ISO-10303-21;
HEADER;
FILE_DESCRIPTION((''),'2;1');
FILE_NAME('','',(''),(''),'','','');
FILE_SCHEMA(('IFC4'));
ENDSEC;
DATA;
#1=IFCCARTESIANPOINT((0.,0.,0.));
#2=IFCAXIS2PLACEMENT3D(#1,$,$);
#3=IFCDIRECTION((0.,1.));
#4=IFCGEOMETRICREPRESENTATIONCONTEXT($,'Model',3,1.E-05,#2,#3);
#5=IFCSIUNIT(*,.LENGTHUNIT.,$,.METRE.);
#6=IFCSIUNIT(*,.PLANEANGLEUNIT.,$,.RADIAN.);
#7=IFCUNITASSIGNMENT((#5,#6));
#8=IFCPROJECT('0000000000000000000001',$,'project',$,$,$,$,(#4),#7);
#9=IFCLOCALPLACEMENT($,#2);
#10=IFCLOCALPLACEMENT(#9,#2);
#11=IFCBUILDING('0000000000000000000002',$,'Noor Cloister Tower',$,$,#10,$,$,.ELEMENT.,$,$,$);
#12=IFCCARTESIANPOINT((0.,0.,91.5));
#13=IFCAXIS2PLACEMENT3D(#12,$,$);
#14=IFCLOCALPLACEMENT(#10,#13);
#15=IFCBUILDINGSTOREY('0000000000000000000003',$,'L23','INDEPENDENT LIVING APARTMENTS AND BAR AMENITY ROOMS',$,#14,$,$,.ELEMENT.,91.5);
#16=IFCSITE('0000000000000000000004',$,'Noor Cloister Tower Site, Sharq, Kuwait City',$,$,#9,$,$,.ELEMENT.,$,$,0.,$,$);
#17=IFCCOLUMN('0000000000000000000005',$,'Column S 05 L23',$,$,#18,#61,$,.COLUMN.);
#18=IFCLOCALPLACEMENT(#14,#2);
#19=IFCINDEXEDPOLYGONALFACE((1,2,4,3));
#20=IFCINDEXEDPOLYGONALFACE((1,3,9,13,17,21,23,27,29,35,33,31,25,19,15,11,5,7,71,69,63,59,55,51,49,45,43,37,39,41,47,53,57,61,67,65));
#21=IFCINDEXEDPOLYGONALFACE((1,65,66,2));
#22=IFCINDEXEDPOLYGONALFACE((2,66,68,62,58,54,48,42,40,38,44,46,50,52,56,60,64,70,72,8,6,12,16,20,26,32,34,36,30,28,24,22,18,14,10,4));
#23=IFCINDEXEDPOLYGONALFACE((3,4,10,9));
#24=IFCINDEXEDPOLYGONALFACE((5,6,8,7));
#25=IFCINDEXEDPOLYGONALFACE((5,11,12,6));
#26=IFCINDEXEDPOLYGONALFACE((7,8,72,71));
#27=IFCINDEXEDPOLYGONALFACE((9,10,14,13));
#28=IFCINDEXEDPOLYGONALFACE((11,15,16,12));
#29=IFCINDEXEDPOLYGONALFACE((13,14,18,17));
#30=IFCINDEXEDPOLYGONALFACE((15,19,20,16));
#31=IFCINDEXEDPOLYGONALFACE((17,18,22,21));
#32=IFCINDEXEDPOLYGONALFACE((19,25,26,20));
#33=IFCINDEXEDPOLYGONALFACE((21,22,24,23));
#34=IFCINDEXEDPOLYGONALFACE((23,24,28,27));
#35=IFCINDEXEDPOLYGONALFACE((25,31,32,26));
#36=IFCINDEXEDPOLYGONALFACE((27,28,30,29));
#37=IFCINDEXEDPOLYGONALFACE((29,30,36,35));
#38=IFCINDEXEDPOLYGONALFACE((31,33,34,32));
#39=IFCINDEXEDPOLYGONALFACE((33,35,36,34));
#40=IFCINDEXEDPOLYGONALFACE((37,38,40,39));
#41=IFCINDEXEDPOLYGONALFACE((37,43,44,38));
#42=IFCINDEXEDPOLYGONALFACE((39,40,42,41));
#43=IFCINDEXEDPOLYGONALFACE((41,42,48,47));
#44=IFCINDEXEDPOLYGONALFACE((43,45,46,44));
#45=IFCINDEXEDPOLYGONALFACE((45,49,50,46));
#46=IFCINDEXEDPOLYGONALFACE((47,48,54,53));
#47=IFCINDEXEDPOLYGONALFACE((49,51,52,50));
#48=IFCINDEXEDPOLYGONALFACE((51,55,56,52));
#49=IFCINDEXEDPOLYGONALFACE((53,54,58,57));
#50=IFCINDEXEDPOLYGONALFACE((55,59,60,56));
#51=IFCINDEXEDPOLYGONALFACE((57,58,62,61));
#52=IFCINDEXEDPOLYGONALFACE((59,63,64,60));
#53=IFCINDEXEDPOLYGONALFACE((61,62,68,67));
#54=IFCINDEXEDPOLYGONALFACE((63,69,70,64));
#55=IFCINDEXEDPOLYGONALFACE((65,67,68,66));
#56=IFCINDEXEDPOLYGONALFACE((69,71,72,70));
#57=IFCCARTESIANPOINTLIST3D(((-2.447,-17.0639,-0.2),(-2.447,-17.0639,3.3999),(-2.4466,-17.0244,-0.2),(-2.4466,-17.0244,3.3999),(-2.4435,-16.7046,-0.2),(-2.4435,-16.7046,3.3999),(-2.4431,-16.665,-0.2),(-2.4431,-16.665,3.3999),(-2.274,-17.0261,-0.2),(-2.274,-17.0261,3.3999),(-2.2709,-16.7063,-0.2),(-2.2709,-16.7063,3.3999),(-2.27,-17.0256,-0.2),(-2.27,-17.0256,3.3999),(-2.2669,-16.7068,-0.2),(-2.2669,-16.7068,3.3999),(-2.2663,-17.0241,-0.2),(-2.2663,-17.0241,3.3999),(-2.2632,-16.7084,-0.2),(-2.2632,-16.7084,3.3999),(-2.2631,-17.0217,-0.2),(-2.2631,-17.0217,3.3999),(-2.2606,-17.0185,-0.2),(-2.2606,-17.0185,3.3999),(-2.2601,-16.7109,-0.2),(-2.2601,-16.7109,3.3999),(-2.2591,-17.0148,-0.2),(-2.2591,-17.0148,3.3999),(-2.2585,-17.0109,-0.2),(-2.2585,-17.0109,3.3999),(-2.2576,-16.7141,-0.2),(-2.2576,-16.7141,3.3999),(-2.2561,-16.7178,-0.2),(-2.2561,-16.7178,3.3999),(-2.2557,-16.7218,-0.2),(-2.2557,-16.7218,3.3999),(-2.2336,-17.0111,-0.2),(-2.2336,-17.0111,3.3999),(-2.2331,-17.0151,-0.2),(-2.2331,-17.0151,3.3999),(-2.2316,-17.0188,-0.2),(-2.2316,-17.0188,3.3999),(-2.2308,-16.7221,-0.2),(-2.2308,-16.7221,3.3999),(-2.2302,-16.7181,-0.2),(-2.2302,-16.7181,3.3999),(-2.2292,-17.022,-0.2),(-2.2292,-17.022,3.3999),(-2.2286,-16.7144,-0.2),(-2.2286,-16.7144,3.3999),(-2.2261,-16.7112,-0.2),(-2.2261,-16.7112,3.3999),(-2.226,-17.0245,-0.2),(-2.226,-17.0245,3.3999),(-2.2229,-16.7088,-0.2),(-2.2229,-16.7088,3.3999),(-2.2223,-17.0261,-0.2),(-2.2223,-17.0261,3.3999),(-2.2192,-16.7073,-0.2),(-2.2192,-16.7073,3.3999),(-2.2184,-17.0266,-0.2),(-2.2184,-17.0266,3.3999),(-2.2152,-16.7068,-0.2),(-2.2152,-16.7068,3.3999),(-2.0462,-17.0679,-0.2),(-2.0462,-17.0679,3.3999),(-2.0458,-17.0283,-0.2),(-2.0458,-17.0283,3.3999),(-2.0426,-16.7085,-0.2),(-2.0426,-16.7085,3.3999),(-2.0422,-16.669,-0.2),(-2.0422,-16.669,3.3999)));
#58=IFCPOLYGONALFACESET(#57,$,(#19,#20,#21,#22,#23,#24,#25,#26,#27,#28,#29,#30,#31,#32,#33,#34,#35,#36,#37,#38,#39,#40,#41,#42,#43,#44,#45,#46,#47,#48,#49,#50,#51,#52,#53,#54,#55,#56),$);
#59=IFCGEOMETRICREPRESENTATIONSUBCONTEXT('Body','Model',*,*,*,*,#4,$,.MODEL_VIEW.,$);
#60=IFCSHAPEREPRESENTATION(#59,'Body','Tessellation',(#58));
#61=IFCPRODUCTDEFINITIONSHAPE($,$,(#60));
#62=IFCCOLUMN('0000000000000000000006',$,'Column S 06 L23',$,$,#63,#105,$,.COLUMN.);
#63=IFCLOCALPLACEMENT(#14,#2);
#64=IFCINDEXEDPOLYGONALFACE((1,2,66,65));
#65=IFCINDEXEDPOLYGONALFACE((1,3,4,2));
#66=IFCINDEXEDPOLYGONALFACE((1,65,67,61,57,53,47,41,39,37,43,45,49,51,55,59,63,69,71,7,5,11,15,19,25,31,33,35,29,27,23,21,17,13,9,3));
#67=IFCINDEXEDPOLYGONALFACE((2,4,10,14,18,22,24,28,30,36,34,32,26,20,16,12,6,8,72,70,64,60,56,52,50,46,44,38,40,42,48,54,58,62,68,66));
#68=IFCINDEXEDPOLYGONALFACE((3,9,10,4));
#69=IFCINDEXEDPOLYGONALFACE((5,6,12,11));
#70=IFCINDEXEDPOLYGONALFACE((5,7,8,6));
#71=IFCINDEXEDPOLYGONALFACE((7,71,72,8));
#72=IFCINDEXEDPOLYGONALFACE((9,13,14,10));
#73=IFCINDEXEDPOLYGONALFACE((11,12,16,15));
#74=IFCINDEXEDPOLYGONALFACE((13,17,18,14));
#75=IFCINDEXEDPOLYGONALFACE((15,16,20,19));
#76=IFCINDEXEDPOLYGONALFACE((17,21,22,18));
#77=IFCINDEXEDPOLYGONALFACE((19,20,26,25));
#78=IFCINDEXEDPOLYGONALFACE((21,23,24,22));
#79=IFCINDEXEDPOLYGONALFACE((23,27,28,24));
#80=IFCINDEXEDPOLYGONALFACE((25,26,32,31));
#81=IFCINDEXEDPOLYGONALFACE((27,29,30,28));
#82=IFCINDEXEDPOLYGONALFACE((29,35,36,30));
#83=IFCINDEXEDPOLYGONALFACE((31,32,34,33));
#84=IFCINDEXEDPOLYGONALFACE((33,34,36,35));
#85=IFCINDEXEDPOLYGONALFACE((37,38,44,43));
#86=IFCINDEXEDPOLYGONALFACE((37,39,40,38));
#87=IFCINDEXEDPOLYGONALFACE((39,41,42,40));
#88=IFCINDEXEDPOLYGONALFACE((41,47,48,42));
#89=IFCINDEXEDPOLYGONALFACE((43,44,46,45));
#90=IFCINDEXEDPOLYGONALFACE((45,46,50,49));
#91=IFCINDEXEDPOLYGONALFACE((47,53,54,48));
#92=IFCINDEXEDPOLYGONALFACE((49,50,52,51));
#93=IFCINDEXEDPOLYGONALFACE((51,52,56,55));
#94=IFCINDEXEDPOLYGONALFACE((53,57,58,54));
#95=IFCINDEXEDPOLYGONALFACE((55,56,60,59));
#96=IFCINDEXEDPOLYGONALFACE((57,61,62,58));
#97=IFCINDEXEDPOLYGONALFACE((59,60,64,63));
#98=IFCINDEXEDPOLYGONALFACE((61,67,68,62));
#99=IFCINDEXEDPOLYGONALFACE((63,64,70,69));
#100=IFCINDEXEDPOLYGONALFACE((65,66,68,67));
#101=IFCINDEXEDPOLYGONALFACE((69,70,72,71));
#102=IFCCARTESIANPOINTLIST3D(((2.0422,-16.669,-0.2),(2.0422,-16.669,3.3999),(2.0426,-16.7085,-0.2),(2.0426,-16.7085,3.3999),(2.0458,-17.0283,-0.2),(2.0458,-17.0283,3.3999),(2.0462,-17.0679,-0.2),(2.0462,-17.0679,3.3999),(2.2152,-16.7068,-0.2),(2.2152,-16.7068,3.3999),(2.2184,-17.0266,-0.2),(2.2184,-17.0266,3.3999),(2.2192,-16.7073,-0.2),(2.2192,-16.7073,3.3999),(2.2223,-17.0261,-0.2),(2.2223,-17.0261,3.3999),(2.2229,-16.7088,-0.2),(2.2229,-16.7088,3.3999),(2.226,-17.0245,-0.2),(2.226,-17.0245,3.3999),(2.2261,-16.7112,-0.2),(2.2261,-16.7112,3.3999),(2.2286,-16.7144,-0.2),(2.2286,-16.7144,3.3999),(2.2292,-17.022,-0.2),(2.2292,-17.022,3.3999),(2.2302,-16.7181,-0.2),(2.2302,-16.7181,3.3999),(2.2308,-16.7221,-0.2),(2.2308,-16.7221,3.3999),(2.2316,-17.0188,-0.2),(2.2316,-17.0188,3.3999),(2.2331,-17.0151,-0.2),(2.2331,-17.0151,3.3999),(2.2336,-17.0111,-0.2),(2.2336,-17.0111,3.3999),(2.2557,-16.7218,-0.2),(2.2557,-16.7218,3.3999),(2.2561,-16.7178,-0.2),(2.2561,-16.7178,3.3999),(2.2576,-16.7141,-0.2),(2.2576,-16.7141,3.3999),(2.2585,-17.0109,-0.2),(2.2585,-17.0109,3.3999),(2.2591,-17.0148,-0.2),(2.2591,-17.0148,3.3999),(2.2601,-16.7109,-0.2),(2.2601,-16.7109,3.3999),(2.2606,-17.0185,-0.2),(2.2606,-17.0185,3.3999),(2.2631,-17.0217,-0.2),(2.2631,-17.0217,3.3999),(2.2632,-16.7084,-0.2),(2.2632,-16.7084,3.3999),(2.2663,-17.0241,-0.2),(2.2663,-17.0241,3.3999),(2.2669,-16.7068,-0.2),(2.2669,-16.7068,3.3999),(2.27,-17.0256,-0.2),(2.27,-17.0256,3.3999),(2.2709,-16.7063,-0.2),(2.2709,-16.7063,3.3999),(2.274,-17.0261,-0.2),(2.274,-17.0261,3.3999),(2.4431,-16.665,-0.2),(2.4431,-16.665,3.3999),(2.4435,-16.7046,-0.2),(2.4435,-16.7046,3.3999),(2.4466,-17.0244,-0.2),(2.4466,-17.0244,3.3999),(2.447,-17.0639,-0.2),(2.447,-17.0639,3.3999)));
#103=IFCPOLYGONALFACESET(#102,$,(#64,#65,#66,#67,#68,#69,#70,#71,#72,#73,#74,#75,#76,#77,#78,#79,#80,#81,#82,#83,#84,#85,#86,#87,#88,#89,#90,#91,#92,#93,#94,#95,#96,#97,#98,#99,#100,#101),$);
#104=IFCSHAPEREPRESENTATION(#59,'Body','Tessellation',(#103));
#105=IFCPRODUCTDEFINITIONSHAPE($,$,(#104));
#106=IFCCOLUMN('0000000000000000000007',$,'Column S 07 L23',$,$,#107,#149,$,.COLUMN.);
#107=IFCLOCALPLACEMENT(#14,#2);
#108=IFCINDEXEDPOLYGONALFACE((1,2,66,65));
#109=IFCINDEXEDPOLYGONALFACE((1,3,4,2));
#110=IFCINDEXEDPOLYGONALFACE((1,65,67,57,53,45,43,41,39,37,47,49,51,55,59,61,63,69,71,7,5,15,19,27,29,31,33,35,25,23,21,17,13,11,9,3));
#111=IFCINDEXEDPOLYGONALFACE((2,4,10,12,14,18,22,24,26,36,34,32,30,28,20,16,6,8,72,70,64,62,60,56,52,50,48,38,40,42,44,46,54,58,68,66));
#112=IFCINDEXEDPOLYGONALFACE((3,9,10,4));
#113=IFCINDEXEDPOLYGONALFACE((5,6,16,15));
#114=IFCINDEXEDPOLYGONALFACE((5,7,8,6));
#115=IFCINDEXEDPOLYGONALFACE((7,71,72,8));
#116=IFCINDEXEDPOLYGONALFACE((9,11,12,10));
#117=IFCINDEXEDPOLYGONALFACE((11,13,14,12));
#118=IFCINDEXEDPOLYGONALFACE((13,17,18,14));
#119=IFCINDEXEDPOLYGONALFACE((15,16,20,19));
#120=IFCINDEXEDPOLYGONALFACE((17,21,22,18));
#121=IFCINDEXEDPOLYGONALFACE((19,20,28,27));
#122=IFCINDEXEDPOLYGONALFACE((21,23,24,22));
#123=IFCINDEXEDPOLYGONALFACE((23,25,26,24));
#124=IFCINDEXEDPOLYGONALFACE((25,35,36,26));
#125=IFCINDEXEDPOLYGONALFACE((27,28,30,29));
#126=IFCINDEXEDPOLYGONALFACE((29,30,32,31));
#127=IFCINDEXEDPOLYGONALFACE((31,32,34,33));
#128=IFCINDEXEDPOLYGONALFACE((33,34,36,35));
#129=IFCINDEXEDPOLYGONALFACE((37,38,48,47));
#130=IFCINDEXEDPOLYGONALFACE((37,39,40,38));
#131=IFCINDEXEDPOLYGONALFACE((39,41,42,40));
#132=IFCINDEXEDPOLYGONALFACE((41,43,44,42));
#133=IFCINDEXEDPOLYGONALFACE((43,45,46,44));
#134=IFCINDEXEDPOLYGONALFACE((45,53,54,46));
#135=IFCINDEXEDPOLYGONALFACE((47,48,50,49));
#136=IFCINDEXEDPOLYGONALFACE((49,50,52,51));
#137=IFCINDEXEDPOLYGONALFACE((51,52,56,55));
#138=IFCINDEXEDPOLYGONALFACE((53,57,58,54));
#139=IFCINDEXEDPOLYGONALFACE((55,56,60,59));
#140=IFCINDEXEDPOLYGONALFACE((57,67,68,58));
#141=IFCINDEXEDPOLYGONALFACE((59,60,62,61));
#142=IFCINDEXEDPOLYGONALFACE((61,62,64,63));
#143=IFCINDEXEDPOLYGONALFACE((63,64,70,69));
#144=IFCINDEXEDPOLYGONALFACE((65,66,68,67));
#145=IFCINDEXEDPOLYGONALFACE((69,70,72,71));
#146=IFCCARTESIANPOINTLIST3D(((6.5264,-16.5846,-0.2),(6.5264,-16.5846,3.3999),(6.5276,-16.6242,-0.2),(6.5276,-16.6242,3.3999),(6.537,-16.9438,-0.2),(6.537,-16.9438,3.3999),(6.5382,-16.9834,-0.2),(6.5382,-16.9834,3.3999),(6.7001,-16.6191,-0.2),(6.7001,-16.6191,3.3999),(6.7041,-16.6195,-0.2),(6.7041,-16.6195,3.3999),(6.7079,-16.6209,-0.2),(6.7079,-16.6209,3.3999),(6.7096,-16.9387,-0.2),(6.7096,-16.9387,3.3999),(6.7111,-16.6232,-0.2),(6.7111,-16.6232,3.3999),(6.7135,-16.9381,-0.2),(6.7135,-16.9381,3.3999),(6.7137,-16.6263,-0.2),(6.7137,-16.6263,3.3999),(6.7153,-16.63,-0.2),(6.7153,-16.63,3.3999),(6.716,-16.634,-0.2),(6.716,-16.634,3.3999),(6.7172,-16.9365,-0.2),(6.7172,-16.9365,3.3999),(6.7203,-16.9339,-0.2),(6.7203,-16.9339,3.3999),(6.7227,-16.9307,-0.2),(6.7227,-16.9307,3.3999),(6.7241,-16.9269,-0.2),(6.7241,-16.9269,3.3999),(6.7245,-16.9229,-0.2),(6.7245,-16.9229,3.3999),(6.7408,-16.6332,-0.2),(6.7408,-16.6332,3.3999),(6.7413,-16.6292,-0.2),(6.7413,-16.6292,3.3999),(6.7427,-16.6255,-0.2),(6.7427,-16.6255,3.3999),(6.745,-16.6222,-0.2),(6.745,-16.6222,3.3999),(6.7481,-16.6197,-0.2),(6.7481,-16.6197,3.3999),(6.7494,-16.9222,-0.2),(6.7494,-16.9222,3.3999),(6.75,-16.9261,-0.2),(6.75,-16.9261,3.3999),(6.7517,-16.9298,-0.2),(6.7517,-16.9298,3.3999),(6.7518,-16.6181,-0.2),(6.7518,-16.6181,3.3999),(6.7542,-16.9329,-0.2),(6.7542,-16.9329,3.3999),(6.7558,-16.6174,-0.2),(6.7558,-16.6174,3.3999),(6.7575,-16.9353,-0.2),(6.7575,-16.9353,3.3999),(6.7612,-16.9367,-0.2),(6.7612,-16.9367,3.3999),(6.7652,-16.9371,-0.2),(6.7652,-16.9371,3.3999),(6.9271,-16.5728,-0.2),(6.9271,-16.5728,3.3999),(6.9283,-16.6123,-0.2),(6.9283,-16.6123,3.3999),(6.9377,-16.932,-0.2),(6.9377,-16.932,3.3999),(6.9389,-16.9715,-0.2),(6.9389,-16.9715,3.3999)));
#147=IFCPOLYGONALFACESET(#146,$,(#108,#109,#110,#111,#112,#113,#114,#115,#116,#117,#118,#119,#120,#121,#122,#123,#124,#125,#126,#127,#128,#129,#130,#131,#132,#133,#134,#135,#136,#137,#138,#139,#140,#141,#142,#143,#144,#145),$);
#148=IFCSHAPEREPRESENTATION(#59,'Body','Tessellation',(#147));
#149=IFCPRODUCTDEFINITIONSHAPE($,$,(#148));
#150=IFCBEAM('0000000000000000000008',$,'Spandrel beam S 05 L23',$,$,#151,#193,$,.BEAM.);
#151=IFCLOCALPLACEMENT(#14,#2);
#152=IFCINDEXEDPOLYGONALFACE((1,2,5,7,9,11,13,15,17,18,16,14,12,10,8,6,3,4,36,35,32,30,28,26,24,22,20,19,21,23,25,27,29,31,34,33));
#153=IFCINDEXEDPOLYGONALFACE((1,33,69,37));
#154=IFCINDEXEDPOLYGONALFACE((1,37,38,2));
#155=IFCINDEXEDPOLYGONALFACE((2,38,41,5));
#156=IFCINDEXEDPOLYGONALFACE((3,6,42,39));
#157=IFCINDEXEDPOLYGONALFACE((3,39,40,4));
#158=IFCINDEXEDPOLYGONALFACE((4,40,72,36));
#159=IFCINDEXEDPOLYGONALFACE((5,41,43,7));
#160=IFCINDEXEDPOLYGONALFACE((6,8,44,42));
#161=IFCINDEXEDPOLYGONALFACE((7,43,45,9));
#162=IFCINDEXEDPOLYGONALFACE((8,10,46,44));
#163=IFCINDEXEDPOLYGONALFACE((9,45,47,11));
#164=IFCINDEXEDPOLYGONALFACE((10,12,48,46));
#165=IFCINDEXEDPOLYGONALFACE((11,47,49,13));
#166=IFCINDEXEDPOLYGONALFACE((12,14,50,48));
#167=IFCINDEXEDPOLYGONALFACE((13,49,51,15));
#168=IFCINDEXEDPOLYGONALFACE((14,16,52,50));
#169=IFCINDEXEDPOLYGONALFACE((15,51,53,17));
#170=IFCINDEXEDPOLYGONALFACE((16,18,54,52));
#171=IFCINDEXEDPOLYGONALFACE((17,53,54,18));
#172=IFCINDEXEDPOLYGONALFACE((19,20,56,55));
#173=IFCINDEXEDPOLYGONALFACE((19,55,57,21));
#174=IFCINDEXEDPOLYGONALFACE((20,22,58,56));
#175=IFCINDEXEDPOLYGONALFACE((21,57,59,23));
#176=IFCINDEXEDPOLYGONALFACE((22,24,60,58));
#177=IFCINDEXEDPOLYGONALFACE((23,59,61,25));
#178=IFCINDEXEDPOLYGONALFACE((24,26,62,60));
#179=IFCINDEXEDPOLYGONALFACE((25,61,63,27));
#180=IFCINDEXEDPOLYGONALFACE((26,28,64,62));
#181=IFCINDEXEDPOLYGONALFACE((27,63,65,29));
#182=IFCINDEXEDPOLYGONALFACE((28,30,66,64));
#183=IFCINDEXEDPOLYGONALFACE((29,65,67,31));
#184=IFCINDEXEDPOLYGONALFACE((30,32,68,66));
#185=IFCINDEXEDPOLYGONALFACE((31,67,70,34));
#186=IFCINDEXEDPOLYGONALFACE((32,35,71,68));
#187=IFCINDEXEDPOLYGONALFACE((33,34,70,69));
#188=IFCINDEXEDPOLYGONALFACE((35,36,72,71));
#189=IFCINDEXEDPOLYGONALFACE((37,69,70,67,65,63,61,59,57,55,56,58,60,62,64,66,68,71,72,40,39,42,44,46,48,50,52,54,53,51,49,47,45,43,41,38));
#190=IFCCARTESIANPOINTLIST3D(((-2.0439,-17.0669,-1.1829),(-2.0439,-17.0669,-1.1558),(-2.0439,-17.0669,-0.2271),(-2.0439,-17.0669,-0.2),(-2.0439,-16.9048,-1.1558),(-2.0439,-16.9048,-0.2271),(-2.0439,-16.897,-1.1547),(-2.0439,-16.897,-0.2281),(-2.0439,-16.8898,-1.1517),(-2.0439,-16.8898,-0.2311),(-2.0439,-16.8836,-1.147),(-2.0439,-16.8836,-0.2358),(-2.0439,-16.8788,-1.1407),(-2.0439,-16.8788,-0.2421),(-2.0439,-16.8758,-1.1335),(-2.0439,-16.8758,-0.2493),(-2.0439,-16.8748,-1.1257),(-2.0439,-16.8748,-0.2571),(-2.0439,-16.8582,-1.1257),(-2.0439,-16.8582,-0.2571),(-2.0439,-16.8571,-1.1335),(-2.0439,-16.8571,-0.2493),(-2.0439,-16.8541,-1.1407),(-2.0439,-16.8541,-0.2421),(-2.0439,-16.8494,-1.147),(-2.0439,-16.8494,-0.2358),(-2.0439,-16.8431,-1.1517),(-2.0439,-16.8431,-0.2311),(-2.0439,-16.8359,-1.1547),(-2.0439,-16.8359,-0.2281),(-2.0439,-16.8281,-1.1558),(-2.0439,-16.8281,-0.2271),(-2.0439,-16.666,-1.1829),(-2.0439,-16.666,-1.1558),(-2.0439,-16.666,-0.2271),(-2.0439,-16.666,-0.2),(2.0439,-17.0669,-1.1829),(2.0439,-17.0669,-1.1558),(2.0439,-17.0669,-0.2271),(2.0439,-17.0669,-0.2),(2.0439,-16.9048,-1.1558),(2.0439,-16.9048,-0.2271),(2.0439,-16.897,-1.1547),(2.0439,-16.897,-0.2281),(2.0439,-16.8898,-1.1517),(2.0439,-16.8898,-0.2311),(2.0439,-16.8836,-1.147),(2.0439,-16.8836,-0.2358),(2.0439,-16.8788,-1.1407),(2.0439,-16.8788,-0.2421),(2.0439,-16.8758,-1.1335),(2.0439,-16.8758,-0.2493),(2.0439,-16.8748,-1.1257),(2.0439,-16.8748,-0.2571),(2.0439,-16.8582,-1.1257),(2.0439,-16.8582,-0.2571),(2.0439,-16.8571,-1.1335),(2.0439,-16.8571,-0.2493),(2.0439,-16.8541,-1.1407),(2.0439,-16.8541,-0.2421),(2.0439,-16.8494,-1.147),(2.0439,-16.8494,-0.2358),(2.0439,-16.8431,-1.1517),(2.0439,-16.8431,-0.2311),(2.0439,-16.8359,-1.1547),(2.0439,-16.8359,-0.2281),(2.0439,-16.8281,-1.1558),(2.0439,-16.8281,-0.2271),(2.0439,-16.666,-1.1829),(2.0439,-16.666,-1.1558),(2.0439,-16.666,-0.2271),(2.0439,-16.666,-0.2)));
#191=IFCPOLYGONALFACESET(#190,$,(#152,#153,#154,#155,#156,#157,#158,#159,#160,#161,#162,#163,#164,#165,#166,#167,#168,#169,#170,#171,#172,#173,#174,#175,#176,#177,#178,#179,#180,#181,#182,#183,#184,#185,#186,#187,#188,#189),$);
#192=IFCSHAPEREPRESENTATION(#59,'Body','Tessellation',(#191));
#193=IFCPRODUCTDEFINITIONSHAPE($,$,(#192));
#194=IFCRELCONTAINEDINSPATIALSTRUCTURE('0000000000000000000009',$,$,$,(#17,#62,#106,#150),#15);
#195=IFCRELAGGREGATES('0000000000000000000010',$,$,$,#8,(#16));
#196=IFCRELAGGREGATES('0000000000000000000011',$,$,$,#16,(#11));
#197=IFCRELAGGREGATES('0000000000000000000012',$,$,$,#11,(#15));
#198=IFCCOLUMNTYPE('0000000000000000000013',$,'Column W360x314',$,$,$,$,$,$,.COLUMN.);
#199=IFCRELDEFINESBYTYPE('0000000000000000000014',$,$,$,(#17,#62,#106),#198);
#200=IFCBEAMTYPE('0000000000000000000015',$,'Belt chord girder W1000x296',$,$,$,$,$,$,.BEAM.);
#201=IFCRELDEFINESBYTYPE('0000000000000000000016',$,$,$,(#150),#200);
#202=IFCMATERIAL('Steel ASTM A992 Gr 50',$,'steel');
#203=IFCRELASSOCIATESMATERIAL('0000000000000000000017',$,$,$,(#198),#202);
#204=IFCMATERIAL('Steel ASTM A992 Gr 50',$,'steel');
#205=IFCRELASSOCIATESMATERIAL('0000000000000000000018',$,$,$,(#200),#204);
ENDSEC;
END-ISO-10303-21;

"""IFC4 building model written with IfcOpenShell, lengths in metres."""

from ifc_helpers import new_model, si_unit, direction, frame, origin, origin_2d, place, context, subcontext, project, spatial, i_section, extrude, material, material_profile, profile_set, type_object, element, save


model = new_model("IFC4")

# Units and contexts
model_context = context("Model", 3, precision=1e-05, world=origin(), true_north=direction((0.0, 1.0)))
body_context = subcontext(model_context, "Body", "Model", "MODEL_VIEW")
ifc_project = project(units=[si_unit("LENGTHUNIT", "METRE"), si_unit("PLANEANGLEUNIT", "RADIAN")], contexts=[model_context])

# Site, building, storey
site_placement = place(None, origin())
site = spatial("IfcSite", under=ifc_project, at=site_placement, Name="Noor Cloister Tower Site, Sharq, Kuwait City", CompositionType="ELEMENT", RefElevation=0.0)
building_placement = place(site_placement, origin())
building = spatial("IfcBuilding", under=site, at=building_placement, Name="Noor Cloister Tower", CompositionType="ELEMENT")
storey_placement = place(building_placement, frame((0.0, 0.0, 91.5)))
storey = spatial("IfcBuildingStorey", under=building, at=storey_placement, Name="L23", Description="INDEPENDENT LIVING APARTMENTS AND BAR AMENITY ROOMS", CompositionType="ELEMENT", Elevation=91.5)

# Columns
ifc_material_1 = material(Name="Steel ASTM A992 Gr 50", Category="steel")
ifc_material_profile_1 = material_profile(ifc_material_1, i_section(OverallWidth=0.4009, OverallDepth=0.3989, WebThickness=0.0249, FlangeThickness=0.0396, FilletRadius=0.0154, at=origin_2d()), Name="W360x314")
ifc_profile_set_1 = profile_set([ifc_material_profile_1], Name="Steel ASTM A992 Gr 50")
column_type = type_object("IfcColumnType", Name="Column W360x314", PredefinedType="COLUMN", material=ifc_profile_set_1)
for number, where, z_axis, x_axis, name in (
    (1, (-2.2446, -16.8665, -0.2), (0.0, 0.0, 1.0), (0.999952, -0.009841, 0.0), "Column S 05 L23"),
    (2, (2.2446, -16.8665, -0.2), (0.0, 0.0, 1.0), (0.999952, 0.009841, 0.0), "Column S 06 L23"),
    (3, (6.7327, -16.7781, -0.2), (0.0, 0.0, 1.0), (0.999564, 0.029521, 0.0), "Column S 07 L23"),
):
    element("IfcColumn", number, at=place(storey_placement, frame(where, z_axis=z_axis, x_axis=x_axis)), inside=storey, type_object=column_type, Name=name, PredefinedType="COLUMN", context=body_context, shape_type="SweptSolid", body=[
        extrude(i_section(OverallWidth=0.4009, OverallDepth=0.3989, WebThickness=0.0249, FlangeThickness=0.0396, FilletRadius=0.0154, at=origin_2d()), origin(), (0.0, 0.0, 1.0), 3.5999),
    ])

# Beam
ifc_material_2 = material(Name="Steel ASTM A992 Gr 50", Category="steel")
ifc_material_profile_2 = material_profile(ifc_material_2, i_section(OverallWidth=0.4009, OverallDepth=0.9829, WebThickness=0.0166, FlangeThickness=0.0271, FilletRadius=0.03, at=origin_2d()), Name="W1000x296")
ifc_profile_set_2 = profile_set([ifc_material_profile_2], Name="Steel ASTM A992 Gr 50")
beam_type_1 = type_object("IfcBeamType", Name="Belt chord girder W1000x296", PredefinedType="BEAM", material=ifc_profile_set_2)
for number, where, z_axis, x_axis, name in (
    (4, (-2.0439, -16.8665, -0.6914), (1.0, 0.0, 0.0), (0.0, 1.0, 0.0), "Spandrel beam S 05 L23"),
):
    element("IfcBeam", number, at=place(storey_placement, frame(where, z_axis=z_axis, x_axis=x_axis)), inside=storey, type_object=beam_type_1, Name=name, PredefinedType="BEAM", context=body_context, shape_type="SweptSolid", body=[
        extrude(i_section(OverallWidth=0.4009, OverallDepth=0.9829, WebThickness=0.0166, FlangeThickness=0.0271, FilletRadius=0.03, at=origin_2d()), origin(), (0.0, 0.0, 1.0), 4.0879),
    ])

save(model, "model.ifc")
